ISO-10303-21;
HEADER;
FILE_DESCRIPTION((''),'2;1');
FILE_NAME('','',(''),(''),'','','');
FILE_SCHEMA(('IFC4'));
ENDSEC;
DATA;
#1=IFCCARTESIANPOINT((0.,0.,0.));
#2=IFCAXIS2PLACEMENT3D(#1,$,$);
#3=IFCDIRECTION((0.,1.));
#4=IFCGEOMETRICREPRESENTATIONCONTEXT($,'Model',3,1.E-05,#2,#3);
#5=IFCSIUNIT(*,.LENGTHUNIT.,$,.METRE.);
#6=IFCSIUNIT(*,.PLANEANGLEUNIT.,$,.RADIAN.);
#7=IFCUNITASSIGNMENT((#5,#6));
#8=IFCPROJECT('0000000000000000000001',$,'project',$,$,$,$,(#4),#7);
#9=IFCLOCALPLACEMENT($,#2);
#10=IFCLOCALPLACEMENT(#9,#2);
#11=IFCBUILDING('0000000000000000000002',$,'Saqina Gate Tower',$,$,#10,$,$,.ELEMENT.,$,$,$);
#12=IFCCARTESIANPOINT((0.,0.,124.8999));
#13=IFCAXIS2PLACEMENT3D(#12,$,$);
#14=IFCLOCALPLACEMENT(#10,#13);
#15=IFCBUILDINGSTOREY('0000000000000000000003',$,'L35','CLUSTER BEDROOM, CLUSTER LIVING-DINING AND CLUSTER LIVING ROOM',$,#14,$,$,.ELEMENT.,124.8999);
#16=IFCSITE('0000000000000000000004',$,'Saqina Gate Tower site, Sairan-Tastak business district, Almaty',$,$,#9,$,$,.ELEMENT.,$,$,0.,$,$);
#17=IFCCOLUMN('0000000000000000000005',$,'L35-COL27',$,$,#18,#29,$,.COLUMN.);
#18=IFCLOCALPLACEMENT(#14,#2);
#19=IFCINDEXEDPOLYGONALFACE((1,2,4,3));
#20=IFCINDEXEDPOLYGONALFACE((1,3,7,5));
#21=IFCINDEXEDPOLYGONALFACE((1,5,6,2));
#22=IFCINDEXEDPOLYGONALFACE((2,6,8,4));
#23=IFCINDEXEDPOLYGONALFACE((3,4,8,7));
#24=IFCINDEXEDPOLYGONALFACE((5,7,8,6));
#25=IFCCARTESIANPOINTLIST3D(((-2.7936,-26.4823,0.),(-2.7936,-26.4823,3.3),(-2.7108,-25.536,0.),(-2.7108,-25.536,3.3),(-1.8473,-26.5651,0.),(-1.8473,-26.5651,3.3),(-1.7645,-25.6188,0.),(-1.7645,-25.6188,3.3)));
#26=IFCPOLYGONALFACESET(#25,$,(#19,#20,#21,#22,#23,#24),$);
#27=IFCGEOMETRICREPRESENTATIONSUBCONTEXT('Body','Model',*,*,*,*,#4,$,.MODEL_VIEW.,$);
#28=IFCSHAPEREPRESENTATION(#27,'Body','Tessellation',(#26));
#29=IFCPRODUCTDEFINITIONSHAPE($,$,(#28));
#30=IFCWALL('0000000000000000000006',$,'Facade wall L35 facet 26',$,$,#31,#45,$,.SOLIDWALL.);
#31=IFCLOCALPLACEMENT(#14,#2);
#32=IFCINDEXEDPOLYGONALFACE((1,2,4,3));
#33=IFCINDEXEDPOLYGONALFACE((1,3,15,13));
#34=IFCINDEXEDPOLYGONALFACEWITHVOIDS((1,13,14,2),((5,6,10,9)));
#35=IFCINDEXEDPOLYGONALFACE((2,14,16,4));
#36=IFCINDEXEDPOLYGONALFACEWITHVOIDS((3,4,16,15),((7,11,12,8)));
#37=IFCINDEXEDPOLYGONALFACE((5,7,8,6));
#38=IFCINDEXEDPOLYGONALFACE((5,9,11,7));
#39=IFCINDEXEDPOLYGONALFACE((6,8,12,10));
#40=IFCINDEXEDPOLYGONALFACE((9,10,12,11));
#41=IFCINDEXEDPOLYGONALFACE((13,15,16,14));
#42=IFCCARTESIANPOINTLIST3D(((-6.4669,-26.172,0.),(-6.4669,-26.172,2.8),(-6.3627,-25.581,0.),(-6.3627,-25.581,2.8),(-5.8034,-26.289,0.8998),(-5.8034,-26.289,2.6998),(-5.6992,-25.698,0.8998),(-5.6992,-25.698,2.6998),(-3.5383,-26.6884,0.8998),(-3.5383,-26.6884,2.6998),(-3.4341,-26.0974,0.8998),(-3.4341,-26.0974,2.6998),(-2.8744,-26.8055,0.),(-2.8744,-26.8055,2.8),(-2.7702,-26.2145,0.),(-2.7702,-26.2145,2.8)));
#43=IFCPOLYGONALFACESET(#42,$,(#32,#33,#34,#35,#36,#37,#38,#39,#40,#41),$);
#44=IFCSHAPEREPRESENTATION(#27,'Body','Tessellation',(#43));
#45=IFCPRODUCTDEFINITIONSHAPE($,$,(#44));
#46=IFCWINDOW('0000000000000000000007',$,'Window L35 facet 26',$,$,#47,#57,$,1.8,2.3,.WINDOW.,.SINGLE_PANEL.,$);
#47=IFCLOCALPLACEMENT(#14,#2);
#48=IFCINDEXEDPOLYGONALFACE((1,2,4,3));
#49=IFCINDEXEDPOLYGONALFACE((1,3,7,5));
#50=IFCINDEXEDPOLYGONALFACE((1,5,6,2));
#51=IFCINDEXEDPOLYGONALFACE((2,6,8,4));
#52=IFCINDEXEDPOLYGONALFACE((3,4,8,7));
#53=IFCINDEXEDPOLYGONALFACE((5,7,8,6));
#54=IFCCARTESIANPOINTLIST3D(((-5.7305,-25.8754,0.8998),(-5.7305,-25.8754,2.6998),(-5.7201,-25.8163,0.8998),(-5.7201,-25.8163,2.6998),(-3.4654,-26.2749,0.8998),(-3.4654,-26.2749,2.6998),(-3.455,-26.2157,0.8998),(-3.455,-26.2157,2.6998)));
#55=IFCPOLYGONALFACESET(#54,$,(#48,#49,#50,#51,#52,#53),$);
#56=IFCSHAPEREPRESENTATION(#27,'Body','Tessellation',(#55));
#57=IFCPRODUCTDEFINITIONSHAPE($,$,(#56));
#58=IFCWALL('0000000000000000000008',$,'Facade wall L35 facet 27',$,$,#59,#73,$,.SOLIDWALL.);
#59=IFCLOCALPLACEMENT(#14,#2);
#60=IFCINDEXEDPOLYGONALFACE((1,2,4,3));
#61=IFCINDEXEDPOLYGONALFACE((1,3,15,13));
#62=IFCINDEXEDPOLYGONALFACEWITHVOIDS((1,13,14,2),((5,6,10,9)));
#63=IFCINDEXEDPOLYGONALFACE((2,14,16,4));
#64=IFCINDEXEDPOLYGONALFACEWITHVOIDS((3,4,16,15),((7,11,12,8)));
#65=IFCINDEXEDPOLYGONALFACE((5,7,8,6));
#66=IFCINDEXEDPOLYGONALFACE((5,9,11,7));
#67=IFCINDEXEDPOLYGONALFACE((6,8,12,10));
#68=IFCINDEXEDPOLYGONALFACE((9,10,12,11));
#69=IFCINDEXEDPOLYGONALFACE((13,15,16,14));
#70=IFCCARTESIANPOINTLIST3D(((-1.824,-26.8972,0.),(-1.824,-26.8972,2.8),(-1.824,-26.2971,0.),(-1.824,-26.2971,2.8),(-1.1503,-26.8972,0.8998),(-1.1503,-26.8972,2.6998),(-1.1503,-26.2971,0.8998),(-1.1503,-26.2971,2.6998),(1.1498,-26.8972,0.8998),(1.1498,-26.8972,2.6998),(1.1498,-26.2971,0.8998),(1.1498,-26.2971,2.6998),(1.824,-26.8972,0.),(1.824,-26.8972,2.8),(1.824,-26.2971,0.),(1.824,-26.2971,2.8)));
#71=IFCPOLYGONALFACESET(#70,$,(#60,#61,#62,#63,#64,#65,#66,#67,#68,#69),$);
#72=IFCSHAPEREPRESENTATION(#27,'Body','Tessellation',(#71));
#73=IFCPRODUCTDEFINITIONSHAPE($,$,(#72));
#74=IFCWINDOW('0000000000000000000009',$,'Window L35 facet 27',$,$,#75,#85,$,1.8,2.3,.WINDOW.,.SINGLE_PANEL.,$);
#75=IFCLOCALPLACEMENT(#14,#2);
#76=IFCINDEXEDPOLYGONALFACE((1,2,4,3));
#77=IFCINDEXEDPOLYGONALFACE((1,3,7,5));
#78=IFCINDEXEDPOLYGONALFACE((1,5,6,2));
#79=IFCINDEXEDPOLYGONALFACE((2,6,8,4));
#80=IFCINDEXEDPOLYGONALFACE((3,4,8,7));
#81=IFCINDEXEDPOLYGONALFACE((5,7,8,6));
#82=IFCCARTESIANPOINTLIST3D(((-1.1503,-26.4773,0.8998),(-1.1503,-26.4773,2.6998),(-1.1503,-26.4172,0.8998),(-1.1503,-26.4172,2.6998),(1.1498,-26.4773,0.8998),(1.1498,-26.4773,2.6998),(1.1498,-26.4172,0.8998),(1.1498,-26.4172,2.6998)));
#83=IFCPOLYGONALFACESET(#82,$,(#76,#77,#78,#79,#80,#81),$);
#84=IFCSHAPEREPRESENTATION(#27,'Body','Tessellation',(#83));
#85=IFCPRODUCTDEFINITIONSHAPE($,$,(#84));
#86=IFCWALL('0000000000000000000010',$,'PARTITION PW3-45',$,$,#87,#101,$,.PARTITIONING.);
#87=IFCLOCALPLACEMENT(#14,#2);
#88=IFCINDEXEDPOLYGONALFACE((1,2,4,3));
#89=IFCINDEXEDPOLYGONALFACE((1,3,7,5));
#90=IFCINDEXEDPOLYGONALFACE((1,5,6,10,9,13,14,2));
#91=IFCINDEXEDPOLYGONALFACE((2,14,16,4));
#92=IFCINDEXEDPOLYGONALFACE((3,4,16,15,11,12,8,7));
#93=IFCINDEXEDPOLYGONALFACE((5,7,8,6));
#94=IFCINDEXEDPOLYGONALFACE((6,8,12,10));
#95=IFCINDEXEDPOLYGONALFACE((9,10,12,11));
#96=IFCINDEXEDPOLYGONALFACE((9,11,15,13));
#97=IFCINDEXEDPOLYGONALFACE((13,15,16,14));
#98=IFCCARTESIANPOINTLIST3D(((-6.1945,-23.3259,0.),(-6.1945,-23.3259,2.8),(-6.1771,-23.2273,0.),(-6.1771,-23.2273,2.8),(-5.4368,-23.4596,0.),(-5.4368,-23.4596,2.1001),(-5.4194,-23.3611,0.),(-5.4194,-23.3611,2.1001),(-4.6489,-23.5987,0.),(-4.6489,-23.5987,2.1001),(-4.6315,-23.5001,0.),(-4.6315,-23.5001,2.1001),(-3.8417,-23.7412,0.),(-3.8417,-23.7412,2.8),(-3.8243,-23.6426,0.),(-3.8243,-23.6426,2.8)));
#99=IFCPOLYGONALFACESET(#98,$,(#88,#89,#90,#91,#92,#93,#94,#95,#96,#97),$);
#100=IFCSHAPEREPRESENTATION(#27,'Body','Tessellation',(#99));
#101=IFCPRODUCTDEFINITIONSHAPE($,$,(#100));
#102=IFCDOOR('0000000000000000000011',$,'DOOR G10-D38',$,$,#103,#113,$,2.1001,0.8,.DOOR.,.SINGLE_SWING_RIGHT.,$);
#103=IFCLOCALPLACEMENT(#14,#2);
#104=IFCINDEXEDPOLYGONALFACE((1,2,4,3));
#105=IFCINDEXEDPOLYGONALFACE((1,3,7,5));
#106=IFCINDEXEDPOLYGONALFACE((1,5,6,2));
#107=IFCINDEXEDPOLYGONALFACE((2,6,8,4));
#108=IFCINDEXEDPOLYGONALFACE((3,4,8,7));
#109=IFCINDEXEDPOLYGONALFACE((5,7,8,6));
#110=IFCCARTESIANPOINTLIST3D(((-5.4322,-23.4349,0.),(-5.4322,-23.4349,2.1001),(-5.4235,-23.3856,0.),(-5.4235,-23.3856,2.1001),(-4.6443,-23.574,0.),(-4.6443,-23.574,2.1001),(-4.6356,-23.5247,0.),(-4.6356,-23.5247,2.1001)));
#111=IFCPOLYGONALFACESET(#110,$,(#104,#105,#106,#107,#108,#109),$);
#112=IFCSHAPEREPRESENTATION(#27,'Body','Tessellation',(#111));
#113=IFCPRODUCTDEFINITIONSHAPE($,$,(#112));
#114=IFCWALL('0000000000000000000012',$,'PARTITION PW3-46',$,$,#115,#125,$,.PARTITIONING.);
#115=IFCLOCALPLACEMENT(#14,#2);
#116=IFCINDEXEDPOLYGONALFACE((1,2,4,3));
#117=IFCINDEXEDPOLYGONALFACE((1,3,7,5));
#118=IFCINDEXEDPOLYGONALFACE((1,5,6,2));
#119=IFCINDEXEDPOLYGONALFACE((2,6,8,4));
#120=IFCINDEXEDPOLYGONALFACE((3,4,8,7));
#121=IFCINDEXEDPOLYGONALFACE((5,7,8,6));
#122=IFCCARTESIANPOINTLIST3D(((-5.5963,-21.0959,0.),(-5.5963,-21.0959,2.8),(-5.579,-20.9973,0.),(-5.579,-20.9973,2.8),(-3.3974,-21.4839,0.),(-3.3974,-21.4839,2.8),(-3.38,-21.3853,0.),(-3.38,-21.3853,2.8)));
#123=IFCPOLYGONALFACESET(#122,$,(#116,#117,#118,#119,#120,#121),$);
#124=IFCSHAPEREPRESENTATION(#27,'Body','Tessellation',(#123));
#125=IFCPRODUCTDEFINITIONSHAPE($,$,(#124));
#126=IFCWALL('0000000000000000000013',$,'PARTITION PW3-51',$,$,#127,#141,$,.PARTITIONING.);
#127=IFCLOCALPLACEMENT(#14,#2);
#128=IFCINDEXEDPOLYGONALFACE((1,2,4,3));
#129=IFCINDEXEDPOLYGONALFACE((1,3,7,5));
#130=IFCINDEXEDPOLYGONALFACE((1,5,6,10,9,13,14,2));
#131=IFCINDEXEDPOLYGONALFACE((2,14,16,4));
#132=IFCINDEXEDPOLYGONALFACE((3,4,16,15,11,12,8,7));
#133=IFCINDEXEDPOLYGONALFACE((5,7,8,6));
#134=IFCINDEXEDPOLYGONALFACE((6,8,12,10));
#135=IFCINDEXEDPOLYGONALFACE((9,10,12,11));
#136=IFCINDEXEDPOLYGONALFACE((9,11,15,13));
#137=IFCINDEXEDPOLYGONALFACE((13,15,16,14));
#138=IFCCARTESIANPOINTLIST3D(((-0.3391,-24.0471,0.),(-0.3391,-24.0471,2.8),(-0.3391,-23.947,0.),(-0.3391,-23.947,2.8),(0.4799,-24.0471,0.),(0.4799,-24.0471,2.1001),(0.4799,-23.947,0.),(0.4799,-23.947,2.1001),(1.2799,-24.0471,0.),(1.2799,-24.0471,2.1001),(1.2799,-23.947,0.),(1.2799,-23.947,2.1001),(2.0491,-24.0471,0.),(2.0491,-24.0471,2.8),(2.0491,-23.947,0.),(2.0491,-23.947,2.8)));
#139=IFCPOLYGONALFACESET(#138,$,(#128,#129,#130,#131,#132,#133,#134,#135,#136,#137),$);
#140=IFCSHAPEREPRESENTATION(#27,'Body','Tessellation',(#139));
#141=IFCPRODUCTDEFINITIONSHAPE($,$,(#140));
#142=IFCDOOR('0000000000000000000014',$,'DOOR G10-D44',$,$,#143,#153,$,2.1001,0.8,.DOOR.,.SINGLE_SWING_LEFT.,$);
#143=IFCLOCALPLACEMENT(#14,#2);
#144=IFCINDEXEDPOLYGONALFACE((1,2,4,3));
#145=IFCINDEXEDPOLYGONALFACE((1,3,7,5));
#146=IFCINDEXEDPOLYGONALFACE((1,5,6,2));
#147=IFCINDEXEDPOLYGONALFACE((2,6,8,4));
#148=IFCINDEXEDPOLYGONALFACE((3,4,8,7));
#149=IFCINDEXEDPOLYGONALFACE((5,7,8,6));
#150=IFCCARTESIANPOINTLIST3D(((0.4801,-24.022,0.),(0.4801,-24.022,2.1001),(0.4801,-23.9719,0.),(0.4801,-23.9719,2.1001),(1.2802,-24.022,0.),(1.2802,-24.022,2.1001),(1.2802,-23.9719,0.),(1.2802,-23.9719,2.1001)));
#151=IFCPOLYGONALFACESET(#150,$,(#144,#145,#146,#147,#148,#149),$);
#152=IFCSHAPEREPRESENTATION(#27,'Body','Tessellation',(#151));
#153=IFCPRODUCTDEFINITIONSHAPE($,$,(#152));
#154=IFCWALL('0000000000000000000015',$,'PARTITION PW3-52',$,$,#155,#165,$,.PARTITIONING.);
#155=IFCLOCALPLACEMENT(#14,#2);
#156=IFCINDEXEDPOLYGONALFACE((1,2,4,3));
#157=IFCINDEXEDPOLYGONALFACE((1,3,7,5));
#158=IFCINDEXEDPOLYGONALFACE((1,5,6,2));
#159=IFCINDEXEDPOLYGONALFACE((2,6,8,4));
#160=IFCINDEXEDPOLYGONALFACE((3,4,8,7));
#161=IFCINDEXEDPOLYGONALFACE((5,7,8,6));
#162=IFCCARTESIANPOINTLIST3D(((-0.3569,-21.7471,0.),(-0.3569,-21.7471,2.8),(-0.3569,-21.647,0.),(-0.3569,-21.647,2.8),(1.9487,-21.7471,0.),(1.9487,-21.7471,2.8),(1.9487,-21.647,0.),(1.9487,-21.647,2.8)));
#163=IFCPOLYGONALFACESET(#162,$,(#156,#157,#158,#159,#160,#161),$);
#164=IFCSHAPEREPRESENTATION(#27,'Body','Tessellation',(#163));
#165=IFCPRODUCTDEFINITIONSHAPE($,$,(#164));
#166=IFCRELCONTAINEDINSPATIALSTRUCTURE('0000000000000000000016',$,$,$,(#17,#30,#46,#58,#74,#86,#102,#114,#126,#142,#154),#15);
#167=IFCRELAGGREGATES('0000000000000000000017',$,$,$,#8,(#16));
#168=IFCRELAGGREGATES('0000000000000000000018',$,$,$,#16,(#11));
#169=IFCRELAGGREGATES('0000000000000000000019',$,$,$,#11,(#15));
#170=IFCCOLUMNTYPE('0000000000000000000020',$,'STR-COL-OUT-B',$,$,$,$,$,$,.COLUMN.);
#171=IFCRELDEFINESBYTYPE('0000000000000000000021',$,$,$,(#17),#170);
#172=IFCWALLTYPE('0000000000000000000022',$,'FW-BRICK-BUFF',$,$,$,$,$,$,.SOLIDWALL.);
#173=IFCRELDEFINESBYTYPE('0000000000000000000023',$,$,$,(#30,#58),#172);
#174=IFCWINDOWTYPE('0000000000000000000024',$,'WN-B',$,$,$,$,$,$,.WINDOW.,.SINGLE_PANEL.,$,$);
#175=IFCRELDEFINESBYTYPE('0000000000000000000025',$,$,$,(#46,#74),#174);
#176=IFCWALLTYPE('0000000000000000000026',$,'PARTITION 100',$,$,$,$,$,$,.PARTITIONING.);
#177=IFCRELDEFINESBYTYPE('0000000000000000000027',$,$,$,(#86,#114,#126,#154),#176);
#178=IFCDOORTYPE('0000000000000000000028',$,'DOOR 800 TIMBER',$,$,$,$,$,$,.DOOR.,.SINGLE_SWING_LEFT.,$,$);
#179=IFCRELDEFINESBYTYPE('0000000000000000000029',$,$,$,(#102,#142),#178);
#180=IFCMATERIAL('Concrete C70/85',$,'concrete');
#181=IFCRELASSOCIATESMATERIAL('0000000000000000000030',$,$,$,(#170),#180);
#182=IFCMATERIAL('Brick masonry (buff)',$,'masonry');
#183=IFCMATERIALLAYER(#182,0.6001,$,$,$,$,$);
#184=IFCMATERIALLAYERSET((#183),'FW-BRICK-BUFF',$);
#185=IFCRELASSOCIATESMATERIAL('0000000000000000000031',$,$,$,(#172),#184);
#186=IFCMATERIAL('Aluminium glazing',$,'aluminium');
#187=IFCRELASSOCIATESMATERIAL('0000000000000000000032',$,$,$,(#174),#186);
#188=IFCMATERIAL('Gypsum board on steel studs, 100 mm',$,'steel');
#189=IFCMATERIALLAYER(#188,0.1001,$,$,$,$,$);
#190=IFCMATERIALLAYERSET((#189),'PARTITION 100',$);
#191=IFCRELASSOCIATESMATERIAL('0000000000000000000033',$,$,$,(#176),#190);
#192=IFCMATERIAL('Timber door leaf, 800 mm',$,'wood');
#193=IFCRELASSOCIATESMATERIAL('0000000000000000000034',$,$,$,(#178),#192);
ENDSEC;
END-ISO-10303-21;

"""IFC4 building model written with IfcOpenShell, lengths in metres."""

from ifc_helpers import new_model, si_unit, direction, frame, frame_2d, origin, origin_2d, place, context, subcontext, project, spatial, rectangle, extrude, material, layer, layer_set, material_profile, profile_set, type_object, element, fill, save


model = new_model("IFC4")

# Units and contexts
model_context = context("Model", 3, precision=1e-05, world=origin(), true_north=direction((0.0, 1.0)))
body_context = subcontext(model_context, "Body", "Model", "MODEL_VIEW")
ifc_project = project(units=[si_unit("LENGTHUNIT", "METRE"), si_unit("PLANEANGLEUNIT", "RADIAN")], contexts=[model_context])

# Site, building, storey
site_placement = place(None, origin())
site = spatial("IfcSite", under=ifc_project, at=site_placement, Name="Saqina Gate Tower site, Sairan-Tastak business district, Almaty", CompositionType="ELEMENT", RefElevation=0.0)
building_placement = place(site_placement, origin())
building = spatial("IfcBuilding", under=site, at=building_placement, Name="Saqina Gate Tower", CompositionType="ELEMENT")
storey_placement = place(building_placement, frame((0.0, 0.0, 124.8999)))
storey = spatial("IfcBuildingStorey", under=building, at=storey_placement, Name="L35", Description="CLUSTER BEDROOM, CLUSTER LIVING-DINING AND CLUSTER LIVING ROOM", CompositionType="ELEMENT", Elevation=124.8999)

# Column
ifc_material_1 = material(Name="Concrete C70/85", Category="concrete")
ifc_material_profile = material_profile(ifc_material_1, rectangle(XDim=0.95, YDim=0.95, at=origin_2d()), Name="RC 950x950")
ifc_profile_set = profile_set([ifc_material_profile], Name="Concrete C70/85")
column_type = type_object("IfcColumnType", Name="STR-COL-OUT-B", PredefinedType="COLUMN", material=ifc_profile_set)
column_placement = place(storey_placement, frame((-2.2791, -26.0505, 0.0), z_axis=(0.0, 0.0, 1.0), x_axis=(-0.087156, -0.996195, 0.0)))
element("IfcColumn", 1, at=column_placement, inside=storey, type_object=column_type, Name="L35-COL27", PredefinedType="COLUMN", context=body_context, shape_type="SweptSolid", body=[
    extrude(rectangle(XDim=0.95, YDim=0.95, at=origin_2d()), origin(), (0.0, 0.0, 1.0), 3.3),
])

# Walls, openings, windows
ifc_material_2 = material(Name="Brick masonry (buff)", Category="masonry")
ifc_layer_1 = layer(ifc_material_2, 0.6001)
ifc_layer_set_1 = layer_set([ifc_layer_1], Name="FW-BRICK-BUFF")
wall_type_1 = type_object("IfcWallType", Name="FW-BRICK-BUFF", PredefinedType="SOLIDWALL", material=ifc_layer_set_1)
wall_1_placement = place(storey_placement, frame((-6.4148, -25.8765, 0.0), z_axis=(0.0, 0.0, 1.0), x_axis=(0.984804, -0.173671, 0.0)))
wall_1 = element("IfcWall", 2, at=wall_1_placement, inside=storey, type_object=wall_type_1, Name="Facade wall L35 facet 26", PredefinedType="SOLIDWALL", context=body_context, shape_type="SweptSolid", body=[
    extrude(rectangle(XDim=3.6479, YDim=0.6001, at=frame_2d((1.824, 0.0))), origin(), (0.0, 0.0, 1.0), 2.8),
])
opening_1_placement = place(wall_1_placement, frame((0.6738, 0.0, 0.8999)))
opening_1 = element("IfcOpeningElement", 3, at=opening_1_placement, cuts=wall_1, PredefinedType="OPENING", context=body_context, shape_type="SweptSolid", body=[
    extrude(rectangle(XDim=2.3, YDim=1.8, at=frame_2d((1.1499, 0.8999))), frame((0.0, 0.312, 0.0), z_axis=(0.0, -1.0, 0.0), x_axis=(1.0, 0.0, 0.0)), (0.0, 0.0, 1.0), 0.624),
])
ifc_material_3 = material(Name="Aluminium glazing", Category="aluminium")
window_type = type_object("IfcWindowType", Name="WN-B", PartitioningType="SINGLE_PANEL", PredefinedType="WINDOW", material=ifc_material_3)
window_1_placement = place(opening_1_placement, origin())
window_1 = element("IfcWindow", 4, at=window_1_placement, inside=storey, type_object=window_type, Name="Window L35 facet 26", OverallHeight=1.8, OverallWidth=2.3, PartitioningType="SINGLE_PANEL", PredefinedType="WINDOW", context=body_context, shape_type="SweptSolid", body=[
    extrude(rectangle(XDim=2.3, YDim=1.8, at=frame_2d((1.1499, 0.8999))), frame((0.0, 0.1799, 0.0), z_axis=(0.0, -1.0, 0.0), x_axis=(1.0, 0.0, 0.0)), (0.0, 0.0, 1.0), 0.0601),
])
fill(opening_1, window_1)
wall_2_placement = place(storey_placement, frame((-1.824, -26.5972, 0.0), z_axis=(0.0, 0.0, 1.0), x_axis=(1.0, 0.0, 0.0)))
wall_2 = element("IfcWall", 5, at=wall_2_placement, inside=storey, type_object=wall_type_1, Name="Facade wall L35 facet 27", PredefinedType="SOLIDWALL", context=body_context, shape_type="SweptSolid", body=[
    extrude(rectangle(XDim=3.6479, YDim=0.6001, at=frame_2d((1.824, 0.0))), origin(), (0.0, 0.0, 1.0), 2.8),
])
opening_2_placement = place(wall_2_placement, frame((0.6738, 0.0, 0.8999)))
opening_2 = element("IfcOpeningElement", 6, at=opening_2_placement, cuts=wall_2, PredefinedType="OPENING", context=body_context, shape_type="SweptSolid", body=[
    extrude(rectangle(XDim=2.3, YDim=1.8, at=frame_2d((1.1499, 0.8999))), frame((0.0, 0.312, 0.0), z_axis=(0.0, -1.0, 0.0), x_axis=(1.0, 0.0, 0.0)), (0.0, 0.0, 1.0), 0.624),
])
window_2_placement = place(opening_2_placement, origin())
window_2 = element("IfcWindow", 7, at=window_2_placement, inside=storey, type_object=window_type, Name="Window L35 facet 27", OverallHeight=1.8, OverallWidth=2.3, PartitioningType="SINGLE_PANEL", PredefinedType="WINDOW", context=body_context, shape_type="SweptSolid", body=[
    extrude(rectangle(XDim=2.3, YDim=1.8, at=frame_2d((1.1499, 0.8999))), frame((0.0, 0.1799, 0.0), z_axis=(0.0, -1.0, 0.0), x_axis=(1.0, 0.0, 0.0)), (0.0, 0.0, 1.0), 0.0601),
])
fill(opening_2, window_2)

# Wall, opening, door
ifc_material_4 = material(Name="Gypsum board on steel studs, 100 mm", Category="steel")
ifc_layer_2 = layer(ifc_material_4, 0.1001)
ifc_layer_set_2 = layer_set([ifc_layer_2], Name="PARTITION 100")
wall_type_2 = type_object("IfcWallType", Name="PARTITION 100", PredefinedType="PARTITIONING", material=ifc_layer_set_2)
wall_3_placement = place(storey_placement, frame((-6.1858, -23.2766, 0.0), z_axis=(0.0, 0.0, 1.0), x_axis=(0.984777, -0.17382, 0.0)))
wall_3 = element("IfcWall", 8, at=wall_3_placement, inside=storey, type_object=wall_type_2, Name="PARTITION PW3-45", PredefinedType="PARTITIONING", context=body_context, shape_type="SweptSolid", body=[
    extrude(rectangle(XDim=2.3892, YDim=0.1001, at=frame_2d((1.1946, 0.0))), origin(), (0.0, 0.0, 1.0), 2.8),
])
opening_3_placement = place(wall_3_placement, frame((0.7695, 0.0, 0.0)))
opening_3 = element("IfcOpeningElement", 9, at=opening_3_placement, cuts=wall_3, PredefinedType="OPENING", context=body_context, shape_type="SweptSolid", body=[
    extrude(rectangle(XDim=0.8, YDim=2.1001, at=frame_2d((0.3999, 1.05))), frame((0.0, 0.062, 0.0), z_axis=(0.0, -1.0, 0.0), x_axis=(1.0, 0.0, 0.0)), (0.0, 0.0, 1.0), 0.124),
])
ifc_material_5 = material(Name="Timber door leaf, 800 mm", Category="wood")
door_type_1 = type_object("IfcDoorType", Name="DOOR 800 TIMBER", OperationType="SINGLE_SWING_LEFT", PredefinedType="DOOR", material=ifc_material_5)
door_1_placement = place(opening_3_placement, frame((0.8, 0.0, 0.0), z_axis=(0.0, 0.0, 1.0), x_axis=(-1.0, 0.0, 0.0)))
door_1 = element("IfcDoor", 10, at=door_1_placement, inside=storey, type_object=door_type_1, Name="DOOR G10-D38", OperationType="SINGLE_SWING_RIGHT", OverallHeight=2.1001, OverallWidth=0.8, PredefinedType="DOOR", context=body_context, shape_type="SweptSolid", body=[
    extrude(rectangle(XDim=0.8, YDim=2.1001, at=frame_2d((0.3999, 1.05))), frame((0.0, 0.0249, 0.0), z_axis=(0.0, -1.0, 0.0), x_axis=(1.0, 0.0, 0.0)), (0.0, 0.0, 1.0), 0.05),
])
fill(opening_3, door_1)

# Wall
wall_4_placement = place(storey_placement, frame((-5.5876, -21.0466, 0.0), z_axis=(0.0, 0.0, 1.0), x_axis=(0.984792, -0.173735, 0.0)))
element("IfcWall", 11, at=wall_4_placement, inside=storey, type_object=wall_type_2, Name="PARTITION PW3-46", PredefinedType="PARTITIONING", context=body_context, shape_type="SweptSolid", body=[
    extrude(rectangle(XDim=2.2329, YDim=0.1001, at=frame_2d((1.1165, 0.0))), origin(), (0.0, 0.0, 1.0), 2.8),
])

# Wall, opening, door
wall_5_placement = place(storey_placement, frame((-0.3391, -23.9971, 0.0), z_axis=(0.0, 0.0, 1.0), x_axis=(1.0, 0.0, 0.0)))
wall_5 = element("IfcWall", 12, at=wall_5_placement, inside=storey, type_object=wall_type_2, Name="PARTITION PW3-51", PredefinedType="PARTITIONING", context=body_context, shape_type="SweptSolid", body=[
    extrude(rectangle(XDim=2.3882, YDim=0.1001, at=frame_2d((1.1941, 0.0))), origin(), (0.0, 0.0, 1.0), 2.8),
])
opening_4_placement = place(wall_5_placement, frame((0.8191, 0.0, 0.0)))
opening_4 = element("IfcOpeningElement", 13, at=opening_4_placement, cuts=wall_5, PredefinedType="OPENING", context=body_context, shape_type="SweptSolid", body=[
    extrude(rectangle(XDim=0.8, YDim=2.1001, at=frame_2d((0.3999, 1.05))), frame((0.0, 0.062, 0.0), z_axis=(0.0, -1.0, 0.0), x_axis=(1.0, 0.0, 0.0)), (0.0, 0.0, 1.0), 0.124),
])
door_2_placement = place(opening_4_placement, frame((0.8, 0.0, 0.0), z_axis=(0.0, 0.0, 1.0), x_axis=(-1.0, 0.0, 0.0)))
door_2 = element("IfcDoor", 14, at=door_2_placement, inside=storey, type_object=door_type_1, Name="DOOR G10-D44", OperationType="SINGLE_SWING_LEFT", OverallHeight=2.1001, OverallWidth=0.8, PredefinedType="DOOR", context=body_context, shape_type="SweptSolid", body=[
    extrude(rectangle(XDim=0.8, YDim=2.1001, at=frame_2d((0.3999, 1.05))), frame((0.0, 0.0249, 0.0), z_axis=(0.0, -1.0, 0.0), x_axis=(1.0, 0.0, 0.0)), (0.0, 0.0, 1.0), 0.05),
])
fill(opening_4, door_2)

# Wall
wall_6_placement = place(storey_placement, frame((-0.3569, -21.697, 0.0), z_axis=(0.0, 0.0, 1.0), x_axis=(1.0, 0.0, 0.0)))
element("IfcWall", 15, at=wall_6_placement, inside=storey, type_object=wall_type_2, Name="PARTITION PW3-52", PredefinedType="PARTITIONING", context=body_context, shape_type="SweptSolid", body=[
    extrude(rectangle(XDim=2.3057, YDim=0.1001, at=frame_2d((1.1528, 0.0))), origin(), (0.0, 0.0, 1.0), 2.8),
])

save(model, "model.ifc")
